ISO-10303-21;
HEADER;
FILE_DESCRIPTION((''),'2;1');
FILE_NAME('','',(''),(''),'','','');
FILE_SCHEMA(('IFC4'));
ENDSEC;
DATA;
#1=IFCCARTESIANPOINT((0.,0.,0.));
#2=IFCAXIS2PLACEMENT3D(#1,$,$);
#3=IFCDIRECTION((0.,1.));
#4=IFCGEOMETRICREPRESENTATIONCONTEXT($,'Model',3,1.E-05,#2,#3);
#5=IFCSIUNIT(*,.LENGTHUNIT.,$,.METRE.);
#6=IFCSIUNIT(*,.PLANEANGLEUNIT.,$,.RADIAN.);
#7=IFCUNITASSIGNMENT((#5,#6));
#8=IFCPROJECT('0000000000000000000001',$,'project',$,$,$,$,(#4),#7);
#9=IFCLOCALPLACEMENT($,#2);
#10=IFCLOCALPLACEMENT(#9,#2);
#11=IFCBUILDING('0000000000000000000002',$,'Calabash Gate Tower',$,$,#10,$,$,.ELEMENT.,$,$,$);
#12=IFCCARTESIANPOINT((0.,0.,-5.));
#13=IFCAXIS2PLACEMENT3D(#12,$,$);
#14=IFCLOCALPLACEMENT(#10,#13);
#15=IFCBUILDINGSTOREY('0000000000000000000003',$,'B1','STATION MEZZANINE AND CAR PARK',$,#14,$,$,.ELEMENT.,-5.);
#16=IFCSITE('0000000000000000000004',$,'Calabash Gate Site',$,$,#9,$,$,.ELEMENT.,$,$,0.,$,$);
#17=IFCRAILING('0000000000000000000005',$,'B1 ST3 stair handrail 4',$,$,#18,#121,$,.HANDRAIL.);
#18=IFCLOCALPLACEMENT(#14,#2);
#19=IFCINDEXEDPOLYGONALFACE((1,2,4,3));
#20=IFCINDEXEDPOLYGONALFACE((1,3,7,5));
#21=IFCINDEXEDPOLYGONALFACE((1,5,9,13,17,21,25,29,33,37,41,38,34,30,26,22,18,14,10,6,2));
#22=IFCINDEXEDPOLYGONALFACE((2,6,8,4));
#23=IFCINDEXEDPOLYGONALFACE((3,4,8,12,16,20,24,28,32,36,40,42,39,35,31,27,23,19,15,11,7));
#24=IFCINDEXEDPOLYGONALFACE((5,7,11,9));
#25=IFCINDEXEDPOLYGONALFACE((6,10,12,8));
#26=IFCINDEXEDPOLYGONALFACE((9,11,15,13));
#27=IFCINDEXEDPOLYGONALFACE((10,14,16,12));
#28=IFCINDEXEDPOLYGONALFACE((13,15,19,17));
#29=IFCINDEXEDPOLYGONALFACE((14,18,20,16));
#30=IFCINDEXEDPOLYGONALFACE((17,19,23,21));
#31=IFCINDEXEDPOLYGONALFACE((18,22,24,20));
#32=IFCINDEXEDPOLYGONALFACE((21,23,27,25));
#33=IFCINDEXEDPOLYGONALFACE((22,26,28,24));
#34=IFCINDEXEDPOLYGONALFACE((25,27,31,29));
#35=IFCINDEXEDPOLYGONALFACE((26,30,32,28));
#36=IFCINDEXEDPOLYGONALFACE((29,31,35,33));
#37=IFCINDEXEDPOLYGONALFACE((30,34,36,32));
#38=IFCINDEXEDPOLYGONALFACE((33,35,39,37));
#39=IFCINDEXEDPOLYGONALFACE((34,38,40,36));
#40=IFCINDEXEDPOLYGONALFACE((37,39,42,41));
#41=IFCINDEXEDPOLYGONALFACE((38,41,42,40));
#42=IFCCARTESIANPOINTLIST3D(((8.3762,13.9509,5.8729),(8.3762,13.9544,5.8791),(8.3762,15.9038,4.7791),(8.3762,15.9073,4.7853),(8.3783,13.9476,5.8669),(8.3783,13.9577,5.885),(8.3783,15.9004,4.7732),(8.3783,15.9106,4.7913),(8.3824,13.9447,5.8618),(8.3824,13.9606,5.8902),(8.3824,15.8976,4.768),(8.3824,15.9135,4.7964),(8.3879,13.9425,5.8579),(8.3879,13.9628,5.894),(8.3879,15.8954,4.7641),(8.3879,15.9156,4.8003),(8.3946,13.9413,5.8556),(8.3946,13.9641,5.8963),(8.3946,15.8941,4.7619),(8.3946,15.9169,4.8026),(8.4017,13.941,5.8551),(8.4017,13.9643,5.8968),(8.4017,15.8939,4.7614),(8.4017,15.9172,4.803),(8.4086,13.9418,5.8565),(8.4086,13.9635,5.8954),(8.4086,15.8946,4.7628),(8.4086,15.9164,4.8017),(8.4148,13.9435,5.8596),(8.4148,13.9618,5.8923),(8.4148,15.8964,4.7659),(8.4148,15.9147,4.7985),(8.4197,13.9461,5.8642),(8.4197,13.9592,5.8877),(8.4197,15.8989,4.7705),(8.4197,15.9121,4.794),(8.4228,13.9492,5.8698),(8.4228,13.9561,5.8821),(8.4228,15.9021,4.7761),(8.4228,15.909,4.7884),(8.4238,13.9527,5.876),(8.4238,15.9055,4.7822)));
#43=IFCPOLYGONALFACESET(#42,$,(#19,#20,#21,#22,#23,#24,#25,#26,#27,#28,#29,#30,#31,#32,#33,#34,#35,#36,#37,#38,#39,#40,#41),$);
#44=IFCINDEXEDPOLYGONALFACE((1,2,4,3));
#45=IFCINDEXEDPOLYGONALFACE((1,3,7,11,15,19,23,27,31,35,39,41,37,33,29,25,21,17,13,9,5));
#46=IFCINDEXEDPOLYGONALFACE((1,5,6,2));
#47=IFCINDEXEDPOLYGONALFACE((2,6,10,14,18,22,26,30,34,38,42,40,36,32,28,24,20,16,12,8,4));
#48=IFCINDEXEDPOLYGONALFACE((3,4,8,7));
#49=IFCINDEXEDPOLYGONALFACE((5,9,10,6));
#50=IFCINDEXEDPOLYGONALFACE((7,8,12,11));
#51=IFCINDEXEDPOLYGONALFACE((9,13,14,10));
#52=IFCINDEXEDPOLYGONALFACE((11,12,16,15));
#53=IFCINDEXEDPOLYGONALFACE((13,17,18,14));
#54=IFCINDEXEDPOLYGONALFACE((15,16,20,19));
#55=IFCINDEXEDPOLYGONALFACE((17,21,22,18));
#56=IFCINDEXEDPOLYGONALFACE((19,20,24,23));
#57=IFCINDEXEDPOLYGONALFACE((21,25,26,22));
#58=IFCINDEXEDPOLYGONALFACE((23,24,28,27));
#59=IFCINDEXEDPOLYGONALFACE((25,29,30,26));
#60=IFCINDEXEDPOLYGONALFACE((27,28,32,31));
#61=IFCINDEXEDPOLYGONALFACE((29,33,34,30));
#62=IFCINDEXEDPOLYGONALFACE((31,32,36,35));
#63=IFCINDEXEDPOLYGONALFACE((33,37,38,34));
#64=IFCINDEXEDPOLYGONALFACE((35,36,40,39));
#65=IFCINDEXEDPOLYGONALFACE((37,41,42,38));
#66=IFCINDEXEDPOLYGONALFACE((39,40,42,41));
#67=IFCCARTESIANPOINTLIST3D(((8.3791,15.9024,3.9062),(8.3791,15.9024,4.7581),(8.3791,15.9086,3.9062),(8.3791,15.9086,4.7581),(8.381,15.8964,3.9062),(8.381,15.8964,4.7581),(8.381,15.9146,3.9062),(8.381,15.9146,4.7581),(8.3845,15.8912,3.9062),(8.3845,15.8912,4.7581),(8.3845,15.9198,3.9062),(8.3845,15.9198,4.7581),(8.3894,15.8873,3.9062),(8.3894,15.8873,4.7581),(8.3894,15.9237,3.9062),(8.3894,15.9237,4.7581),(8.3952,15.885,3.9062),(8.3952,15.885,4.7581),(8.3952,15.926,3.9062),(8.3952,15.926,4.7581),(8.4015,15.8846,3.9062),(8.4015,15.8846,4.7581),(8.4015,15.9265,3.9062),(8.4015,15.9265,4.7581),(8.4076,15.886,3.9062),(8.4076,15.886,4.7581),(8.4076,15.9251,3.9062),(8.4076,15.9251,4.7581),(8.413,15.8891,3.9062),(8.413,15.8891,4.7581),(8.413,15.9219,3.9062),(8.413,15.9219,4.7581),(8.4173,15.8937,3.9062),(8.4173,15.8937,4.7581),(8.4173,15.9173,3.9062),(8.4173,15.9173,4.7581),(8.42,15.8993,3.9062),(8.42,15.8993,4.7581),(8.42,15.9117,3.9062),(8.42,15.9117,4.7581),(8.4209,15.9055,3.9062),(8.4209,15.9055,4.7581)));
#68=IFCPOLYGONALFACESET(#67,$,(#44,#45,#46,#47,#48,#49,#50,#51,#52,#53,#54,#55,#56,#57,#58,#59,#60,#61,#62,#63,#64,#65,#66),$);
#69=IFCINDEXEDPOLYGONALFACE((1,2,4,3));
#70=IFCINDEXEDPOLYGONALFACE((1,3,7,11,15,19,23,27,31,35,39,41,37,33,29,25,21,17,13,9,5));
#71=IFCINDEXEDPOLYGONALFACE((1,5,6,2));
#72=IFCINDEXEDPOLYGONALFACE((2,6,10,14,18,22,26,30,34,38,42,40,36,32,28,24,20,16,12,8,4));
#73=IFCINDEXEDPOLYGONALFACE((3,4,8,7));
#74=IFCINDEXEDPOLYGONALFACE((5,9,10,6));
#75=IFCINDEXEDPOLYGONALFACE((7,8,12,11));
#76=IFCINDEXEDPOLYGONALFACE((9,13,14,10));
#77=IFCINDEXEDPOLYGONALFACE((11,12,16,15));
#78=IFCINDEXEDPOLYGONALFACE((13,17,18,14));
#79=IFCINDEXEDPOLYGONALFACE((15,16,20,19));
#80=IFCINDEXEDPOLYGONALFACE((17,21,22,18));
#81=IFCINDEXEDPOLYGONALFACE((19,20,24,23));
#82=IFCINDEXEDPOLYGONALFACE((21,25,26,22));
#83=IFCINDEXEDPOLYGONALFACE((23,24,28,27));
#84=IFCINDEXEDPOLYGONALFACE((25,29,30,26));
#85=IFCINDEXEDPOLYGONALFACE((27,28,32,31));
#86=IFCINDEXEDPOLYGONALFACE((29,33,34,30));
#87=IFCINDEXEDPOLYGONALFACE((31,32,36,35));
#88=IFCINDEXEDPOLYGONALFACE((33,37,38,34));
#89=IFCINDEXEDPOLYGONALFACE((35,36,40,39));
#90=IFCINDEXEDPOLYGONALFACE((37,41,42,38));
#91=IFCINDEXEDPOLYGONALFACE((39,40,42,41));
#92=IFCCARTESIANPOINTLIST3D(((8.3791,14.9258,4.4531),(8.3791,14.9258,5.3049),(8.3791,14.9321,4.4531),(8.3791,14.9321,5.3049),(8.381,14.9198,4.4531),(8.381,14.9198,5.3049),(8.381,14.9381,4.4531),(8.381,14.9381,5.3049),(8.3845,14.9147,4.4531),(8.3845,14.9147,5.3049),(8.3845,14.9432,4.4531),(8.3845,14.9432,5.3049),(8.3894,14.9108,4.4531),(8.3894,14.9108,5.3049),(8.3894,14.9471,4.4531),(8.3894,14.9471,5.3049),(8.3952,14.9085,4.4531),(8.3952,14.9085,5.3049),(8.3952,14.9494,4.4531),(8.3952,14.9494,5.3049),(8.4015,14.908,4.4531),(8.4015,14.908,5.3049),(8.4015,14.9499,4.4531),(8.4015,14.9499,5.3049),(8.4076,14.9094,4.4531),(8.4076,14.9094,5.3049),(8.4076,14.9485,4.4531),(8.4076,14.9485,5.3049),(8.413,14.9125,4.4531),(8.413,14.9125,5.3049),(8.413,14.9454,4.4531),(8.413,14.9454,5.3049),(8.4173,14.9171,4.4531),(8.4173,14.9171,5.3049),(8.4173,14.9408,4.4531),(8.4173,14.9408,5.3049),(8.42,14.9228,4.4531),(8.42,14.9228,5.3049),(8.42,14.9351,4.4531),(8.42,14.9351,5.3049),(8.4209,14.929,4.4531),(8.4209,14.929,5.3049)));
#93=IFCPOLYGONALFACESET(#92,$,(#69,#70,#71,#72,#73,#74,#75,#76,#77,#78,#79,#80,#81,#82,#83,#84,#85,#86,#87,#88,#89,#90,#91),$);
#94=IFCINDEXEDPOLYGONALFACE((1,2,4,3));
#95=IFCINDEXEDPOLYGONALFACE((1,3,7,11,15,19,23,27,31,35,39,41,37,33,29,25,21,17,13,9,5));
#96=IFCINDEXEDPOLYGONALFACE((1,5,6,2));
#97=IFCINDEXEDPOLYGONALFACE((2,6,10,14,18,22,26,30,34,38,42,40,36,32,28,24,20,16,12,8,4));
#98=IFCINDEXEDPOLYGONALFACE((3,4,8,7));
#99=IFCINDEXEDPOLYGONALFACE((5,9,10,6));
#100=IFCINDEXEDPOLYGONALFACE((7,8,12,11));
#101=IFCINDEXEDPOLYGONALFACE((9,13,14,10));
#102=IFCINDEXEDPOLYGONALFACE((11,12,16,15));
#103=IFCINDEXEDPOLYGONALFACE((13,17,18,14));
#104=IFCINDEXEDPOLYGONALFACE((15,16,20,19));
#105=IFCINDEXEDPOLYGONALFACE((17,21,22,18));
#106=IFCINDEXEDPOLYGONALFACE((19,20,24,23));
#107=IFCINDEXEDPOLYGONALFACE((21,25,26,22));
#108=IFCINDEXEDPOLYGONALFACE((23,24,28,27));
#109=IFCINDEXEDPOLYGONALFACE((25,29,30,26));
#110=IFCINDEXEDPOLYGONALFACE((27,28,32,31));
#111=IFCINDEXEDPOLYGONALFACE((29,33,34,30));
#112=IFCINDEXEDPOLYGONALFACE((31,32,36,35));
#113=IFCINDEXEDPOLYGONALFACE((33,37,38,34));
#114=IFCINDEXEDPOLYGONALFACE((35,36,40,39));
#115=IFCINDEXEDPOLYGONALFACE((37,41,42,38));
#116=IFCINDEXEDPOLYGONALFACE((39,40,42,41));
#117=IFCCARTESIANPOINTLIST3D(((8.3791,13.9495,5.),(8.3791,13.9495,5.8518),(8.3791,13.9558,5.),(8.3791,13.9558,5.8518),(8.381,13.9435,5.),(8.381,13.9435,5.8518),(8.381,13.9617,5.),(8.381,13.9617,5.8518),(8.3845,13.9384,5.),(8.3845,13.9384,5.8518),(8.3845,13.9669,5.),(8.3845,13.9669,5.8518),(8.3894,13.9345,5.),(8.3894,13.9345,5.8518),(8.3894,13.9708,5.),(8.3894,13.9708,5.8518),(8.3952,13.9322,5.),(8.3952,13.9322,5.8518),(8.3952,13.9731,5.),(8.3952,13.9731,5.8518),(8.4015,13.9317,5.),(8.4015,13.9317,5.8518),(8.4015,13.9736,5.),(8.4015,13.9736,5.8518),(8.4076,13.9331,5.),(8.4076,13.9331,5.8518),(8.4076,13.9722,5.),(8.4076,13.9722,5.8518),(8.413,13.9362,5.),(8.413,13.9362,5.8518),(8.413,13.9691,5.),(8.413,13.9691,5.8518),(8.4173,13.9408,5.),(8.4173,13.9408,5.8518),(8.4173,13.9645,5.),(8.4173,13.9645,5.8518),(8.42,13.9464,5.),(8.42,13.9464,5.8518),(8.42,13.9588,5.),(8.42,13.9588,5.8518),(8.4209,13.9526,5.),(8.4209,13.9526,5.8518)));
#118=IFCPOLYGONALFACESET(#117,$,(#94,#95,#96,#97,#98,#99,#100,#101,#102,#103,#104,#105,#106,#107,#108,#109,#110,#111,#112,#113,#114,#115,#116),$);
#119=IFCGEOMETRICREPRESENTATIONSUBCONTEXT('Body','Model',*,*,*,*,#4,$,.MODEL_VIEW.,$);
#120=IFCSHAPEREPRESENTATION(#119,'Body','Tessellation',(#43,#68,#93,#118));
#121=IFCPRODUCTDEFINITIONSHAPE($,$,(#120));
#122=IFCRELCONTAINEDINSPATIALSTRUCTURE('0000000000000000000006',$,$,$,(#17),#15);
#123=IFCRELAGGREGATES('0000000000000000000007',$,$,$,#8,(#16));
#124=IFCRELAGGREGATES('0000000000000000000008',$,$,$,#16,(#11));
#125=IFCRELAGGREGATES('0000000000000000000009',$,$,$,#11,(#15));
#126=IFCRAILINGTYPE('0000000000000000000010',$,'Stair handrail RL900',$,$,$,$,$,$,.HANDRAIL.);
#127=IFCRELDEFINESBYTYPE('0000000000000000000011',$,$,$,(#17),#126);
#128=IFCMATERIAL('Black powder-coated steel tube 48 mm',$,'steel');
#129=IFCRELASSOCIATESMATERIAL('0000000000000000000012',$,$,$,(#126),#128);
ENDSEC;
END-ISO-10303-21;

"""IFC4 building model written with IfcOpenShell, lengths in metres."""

from ifc_helpers import new_model, si_unit, direction, frame, origin, origin_2d, place, context, subcontext, project, spatial, circle, extrude, material, type_object, element, save


model = new_model("IFC4")

# Units and contexts
model_context = context("Model", 3, precision=1e-05, world=origin(), true_north=direction((0.0, 1.0)))
body_context = subcontext(model_context, "Body", "Model", "MODEL_VIEW")
ifc_project = project(units=[si_unit("LENGTHUNIT", "METRE"), si_unit("PLANEANGLEUNIT", "RADIAN")], contexts=[model_context])

# Site, building, storey
site_placement = place(None, origin())
site = spatial("IfcSite", under=ifc_project, at=site_placement, Name="Calabash Gate Site", CompositionType="ELEMENT", RefElevation=0.0)
building_placement = place(site_placement, origin())
building = spatial("IfcBuilding", under=site, at=building_placement, Name="Calabash Gate Tower", CompositionType="ELEMENT")
storey_placement = place(building_placement, frame((0.0, 0.0, -5.0)))
storey = spatial("IfcBuildingStorey", under=building, at=storey_placement, Name="B1", Description="STATION MEZZANINE AND CAR PARK", CompositionType="ELEMENT", Elevation=-5.0)

# Railing
ifc_material_1 = material(Name="Black powder-coated steel tube 48 mm", Category="steel")
railing_type_1 = type_object("IfcRailingType", Name="Stair handrail RL900", PredefinedType="HANDRAIL", material=ifc_material_1)
railing_1_placement = place(storey_placement, frame((8.3999, 15.9055, 3.9062)))
element("IfcRailing", 1, at=railing_1_placement, inside=storey, type_object=railing_type_1, Name="B1 ST3 stair handrail 4", PredefinedType="HANDRAIL", context=body_context, shape_type="SweptSolid", body=[
    extrude(circle(Radius=0.0239, at=origin_2d()), frame((0.0, 0.0, 0.876), z_axis=(0.0, -0.87248, 0.48865), x_axis=(1.0, 0.0, 0.0)), (0.0, 0.0, 1.0), 2.2383),
    extrude(circle(Radius=0.021, at=origin_2d()), origin(), (0.0, 0.0, 1.0), 0.8518),
    extrude(circle(Radius=0.021, at=origin_2d()), frame((0.0, -0.9766, 0.5469)), (0.0, 0.0, 1.0), 0.8518),
    extrude(circle(Radius=0.021, at=origin_2d()), frame((0.0, -1.9529, 1.0938)), (0.0, 0.0, 1.0), 0.8518),
])

save(model, "model.ifc")
